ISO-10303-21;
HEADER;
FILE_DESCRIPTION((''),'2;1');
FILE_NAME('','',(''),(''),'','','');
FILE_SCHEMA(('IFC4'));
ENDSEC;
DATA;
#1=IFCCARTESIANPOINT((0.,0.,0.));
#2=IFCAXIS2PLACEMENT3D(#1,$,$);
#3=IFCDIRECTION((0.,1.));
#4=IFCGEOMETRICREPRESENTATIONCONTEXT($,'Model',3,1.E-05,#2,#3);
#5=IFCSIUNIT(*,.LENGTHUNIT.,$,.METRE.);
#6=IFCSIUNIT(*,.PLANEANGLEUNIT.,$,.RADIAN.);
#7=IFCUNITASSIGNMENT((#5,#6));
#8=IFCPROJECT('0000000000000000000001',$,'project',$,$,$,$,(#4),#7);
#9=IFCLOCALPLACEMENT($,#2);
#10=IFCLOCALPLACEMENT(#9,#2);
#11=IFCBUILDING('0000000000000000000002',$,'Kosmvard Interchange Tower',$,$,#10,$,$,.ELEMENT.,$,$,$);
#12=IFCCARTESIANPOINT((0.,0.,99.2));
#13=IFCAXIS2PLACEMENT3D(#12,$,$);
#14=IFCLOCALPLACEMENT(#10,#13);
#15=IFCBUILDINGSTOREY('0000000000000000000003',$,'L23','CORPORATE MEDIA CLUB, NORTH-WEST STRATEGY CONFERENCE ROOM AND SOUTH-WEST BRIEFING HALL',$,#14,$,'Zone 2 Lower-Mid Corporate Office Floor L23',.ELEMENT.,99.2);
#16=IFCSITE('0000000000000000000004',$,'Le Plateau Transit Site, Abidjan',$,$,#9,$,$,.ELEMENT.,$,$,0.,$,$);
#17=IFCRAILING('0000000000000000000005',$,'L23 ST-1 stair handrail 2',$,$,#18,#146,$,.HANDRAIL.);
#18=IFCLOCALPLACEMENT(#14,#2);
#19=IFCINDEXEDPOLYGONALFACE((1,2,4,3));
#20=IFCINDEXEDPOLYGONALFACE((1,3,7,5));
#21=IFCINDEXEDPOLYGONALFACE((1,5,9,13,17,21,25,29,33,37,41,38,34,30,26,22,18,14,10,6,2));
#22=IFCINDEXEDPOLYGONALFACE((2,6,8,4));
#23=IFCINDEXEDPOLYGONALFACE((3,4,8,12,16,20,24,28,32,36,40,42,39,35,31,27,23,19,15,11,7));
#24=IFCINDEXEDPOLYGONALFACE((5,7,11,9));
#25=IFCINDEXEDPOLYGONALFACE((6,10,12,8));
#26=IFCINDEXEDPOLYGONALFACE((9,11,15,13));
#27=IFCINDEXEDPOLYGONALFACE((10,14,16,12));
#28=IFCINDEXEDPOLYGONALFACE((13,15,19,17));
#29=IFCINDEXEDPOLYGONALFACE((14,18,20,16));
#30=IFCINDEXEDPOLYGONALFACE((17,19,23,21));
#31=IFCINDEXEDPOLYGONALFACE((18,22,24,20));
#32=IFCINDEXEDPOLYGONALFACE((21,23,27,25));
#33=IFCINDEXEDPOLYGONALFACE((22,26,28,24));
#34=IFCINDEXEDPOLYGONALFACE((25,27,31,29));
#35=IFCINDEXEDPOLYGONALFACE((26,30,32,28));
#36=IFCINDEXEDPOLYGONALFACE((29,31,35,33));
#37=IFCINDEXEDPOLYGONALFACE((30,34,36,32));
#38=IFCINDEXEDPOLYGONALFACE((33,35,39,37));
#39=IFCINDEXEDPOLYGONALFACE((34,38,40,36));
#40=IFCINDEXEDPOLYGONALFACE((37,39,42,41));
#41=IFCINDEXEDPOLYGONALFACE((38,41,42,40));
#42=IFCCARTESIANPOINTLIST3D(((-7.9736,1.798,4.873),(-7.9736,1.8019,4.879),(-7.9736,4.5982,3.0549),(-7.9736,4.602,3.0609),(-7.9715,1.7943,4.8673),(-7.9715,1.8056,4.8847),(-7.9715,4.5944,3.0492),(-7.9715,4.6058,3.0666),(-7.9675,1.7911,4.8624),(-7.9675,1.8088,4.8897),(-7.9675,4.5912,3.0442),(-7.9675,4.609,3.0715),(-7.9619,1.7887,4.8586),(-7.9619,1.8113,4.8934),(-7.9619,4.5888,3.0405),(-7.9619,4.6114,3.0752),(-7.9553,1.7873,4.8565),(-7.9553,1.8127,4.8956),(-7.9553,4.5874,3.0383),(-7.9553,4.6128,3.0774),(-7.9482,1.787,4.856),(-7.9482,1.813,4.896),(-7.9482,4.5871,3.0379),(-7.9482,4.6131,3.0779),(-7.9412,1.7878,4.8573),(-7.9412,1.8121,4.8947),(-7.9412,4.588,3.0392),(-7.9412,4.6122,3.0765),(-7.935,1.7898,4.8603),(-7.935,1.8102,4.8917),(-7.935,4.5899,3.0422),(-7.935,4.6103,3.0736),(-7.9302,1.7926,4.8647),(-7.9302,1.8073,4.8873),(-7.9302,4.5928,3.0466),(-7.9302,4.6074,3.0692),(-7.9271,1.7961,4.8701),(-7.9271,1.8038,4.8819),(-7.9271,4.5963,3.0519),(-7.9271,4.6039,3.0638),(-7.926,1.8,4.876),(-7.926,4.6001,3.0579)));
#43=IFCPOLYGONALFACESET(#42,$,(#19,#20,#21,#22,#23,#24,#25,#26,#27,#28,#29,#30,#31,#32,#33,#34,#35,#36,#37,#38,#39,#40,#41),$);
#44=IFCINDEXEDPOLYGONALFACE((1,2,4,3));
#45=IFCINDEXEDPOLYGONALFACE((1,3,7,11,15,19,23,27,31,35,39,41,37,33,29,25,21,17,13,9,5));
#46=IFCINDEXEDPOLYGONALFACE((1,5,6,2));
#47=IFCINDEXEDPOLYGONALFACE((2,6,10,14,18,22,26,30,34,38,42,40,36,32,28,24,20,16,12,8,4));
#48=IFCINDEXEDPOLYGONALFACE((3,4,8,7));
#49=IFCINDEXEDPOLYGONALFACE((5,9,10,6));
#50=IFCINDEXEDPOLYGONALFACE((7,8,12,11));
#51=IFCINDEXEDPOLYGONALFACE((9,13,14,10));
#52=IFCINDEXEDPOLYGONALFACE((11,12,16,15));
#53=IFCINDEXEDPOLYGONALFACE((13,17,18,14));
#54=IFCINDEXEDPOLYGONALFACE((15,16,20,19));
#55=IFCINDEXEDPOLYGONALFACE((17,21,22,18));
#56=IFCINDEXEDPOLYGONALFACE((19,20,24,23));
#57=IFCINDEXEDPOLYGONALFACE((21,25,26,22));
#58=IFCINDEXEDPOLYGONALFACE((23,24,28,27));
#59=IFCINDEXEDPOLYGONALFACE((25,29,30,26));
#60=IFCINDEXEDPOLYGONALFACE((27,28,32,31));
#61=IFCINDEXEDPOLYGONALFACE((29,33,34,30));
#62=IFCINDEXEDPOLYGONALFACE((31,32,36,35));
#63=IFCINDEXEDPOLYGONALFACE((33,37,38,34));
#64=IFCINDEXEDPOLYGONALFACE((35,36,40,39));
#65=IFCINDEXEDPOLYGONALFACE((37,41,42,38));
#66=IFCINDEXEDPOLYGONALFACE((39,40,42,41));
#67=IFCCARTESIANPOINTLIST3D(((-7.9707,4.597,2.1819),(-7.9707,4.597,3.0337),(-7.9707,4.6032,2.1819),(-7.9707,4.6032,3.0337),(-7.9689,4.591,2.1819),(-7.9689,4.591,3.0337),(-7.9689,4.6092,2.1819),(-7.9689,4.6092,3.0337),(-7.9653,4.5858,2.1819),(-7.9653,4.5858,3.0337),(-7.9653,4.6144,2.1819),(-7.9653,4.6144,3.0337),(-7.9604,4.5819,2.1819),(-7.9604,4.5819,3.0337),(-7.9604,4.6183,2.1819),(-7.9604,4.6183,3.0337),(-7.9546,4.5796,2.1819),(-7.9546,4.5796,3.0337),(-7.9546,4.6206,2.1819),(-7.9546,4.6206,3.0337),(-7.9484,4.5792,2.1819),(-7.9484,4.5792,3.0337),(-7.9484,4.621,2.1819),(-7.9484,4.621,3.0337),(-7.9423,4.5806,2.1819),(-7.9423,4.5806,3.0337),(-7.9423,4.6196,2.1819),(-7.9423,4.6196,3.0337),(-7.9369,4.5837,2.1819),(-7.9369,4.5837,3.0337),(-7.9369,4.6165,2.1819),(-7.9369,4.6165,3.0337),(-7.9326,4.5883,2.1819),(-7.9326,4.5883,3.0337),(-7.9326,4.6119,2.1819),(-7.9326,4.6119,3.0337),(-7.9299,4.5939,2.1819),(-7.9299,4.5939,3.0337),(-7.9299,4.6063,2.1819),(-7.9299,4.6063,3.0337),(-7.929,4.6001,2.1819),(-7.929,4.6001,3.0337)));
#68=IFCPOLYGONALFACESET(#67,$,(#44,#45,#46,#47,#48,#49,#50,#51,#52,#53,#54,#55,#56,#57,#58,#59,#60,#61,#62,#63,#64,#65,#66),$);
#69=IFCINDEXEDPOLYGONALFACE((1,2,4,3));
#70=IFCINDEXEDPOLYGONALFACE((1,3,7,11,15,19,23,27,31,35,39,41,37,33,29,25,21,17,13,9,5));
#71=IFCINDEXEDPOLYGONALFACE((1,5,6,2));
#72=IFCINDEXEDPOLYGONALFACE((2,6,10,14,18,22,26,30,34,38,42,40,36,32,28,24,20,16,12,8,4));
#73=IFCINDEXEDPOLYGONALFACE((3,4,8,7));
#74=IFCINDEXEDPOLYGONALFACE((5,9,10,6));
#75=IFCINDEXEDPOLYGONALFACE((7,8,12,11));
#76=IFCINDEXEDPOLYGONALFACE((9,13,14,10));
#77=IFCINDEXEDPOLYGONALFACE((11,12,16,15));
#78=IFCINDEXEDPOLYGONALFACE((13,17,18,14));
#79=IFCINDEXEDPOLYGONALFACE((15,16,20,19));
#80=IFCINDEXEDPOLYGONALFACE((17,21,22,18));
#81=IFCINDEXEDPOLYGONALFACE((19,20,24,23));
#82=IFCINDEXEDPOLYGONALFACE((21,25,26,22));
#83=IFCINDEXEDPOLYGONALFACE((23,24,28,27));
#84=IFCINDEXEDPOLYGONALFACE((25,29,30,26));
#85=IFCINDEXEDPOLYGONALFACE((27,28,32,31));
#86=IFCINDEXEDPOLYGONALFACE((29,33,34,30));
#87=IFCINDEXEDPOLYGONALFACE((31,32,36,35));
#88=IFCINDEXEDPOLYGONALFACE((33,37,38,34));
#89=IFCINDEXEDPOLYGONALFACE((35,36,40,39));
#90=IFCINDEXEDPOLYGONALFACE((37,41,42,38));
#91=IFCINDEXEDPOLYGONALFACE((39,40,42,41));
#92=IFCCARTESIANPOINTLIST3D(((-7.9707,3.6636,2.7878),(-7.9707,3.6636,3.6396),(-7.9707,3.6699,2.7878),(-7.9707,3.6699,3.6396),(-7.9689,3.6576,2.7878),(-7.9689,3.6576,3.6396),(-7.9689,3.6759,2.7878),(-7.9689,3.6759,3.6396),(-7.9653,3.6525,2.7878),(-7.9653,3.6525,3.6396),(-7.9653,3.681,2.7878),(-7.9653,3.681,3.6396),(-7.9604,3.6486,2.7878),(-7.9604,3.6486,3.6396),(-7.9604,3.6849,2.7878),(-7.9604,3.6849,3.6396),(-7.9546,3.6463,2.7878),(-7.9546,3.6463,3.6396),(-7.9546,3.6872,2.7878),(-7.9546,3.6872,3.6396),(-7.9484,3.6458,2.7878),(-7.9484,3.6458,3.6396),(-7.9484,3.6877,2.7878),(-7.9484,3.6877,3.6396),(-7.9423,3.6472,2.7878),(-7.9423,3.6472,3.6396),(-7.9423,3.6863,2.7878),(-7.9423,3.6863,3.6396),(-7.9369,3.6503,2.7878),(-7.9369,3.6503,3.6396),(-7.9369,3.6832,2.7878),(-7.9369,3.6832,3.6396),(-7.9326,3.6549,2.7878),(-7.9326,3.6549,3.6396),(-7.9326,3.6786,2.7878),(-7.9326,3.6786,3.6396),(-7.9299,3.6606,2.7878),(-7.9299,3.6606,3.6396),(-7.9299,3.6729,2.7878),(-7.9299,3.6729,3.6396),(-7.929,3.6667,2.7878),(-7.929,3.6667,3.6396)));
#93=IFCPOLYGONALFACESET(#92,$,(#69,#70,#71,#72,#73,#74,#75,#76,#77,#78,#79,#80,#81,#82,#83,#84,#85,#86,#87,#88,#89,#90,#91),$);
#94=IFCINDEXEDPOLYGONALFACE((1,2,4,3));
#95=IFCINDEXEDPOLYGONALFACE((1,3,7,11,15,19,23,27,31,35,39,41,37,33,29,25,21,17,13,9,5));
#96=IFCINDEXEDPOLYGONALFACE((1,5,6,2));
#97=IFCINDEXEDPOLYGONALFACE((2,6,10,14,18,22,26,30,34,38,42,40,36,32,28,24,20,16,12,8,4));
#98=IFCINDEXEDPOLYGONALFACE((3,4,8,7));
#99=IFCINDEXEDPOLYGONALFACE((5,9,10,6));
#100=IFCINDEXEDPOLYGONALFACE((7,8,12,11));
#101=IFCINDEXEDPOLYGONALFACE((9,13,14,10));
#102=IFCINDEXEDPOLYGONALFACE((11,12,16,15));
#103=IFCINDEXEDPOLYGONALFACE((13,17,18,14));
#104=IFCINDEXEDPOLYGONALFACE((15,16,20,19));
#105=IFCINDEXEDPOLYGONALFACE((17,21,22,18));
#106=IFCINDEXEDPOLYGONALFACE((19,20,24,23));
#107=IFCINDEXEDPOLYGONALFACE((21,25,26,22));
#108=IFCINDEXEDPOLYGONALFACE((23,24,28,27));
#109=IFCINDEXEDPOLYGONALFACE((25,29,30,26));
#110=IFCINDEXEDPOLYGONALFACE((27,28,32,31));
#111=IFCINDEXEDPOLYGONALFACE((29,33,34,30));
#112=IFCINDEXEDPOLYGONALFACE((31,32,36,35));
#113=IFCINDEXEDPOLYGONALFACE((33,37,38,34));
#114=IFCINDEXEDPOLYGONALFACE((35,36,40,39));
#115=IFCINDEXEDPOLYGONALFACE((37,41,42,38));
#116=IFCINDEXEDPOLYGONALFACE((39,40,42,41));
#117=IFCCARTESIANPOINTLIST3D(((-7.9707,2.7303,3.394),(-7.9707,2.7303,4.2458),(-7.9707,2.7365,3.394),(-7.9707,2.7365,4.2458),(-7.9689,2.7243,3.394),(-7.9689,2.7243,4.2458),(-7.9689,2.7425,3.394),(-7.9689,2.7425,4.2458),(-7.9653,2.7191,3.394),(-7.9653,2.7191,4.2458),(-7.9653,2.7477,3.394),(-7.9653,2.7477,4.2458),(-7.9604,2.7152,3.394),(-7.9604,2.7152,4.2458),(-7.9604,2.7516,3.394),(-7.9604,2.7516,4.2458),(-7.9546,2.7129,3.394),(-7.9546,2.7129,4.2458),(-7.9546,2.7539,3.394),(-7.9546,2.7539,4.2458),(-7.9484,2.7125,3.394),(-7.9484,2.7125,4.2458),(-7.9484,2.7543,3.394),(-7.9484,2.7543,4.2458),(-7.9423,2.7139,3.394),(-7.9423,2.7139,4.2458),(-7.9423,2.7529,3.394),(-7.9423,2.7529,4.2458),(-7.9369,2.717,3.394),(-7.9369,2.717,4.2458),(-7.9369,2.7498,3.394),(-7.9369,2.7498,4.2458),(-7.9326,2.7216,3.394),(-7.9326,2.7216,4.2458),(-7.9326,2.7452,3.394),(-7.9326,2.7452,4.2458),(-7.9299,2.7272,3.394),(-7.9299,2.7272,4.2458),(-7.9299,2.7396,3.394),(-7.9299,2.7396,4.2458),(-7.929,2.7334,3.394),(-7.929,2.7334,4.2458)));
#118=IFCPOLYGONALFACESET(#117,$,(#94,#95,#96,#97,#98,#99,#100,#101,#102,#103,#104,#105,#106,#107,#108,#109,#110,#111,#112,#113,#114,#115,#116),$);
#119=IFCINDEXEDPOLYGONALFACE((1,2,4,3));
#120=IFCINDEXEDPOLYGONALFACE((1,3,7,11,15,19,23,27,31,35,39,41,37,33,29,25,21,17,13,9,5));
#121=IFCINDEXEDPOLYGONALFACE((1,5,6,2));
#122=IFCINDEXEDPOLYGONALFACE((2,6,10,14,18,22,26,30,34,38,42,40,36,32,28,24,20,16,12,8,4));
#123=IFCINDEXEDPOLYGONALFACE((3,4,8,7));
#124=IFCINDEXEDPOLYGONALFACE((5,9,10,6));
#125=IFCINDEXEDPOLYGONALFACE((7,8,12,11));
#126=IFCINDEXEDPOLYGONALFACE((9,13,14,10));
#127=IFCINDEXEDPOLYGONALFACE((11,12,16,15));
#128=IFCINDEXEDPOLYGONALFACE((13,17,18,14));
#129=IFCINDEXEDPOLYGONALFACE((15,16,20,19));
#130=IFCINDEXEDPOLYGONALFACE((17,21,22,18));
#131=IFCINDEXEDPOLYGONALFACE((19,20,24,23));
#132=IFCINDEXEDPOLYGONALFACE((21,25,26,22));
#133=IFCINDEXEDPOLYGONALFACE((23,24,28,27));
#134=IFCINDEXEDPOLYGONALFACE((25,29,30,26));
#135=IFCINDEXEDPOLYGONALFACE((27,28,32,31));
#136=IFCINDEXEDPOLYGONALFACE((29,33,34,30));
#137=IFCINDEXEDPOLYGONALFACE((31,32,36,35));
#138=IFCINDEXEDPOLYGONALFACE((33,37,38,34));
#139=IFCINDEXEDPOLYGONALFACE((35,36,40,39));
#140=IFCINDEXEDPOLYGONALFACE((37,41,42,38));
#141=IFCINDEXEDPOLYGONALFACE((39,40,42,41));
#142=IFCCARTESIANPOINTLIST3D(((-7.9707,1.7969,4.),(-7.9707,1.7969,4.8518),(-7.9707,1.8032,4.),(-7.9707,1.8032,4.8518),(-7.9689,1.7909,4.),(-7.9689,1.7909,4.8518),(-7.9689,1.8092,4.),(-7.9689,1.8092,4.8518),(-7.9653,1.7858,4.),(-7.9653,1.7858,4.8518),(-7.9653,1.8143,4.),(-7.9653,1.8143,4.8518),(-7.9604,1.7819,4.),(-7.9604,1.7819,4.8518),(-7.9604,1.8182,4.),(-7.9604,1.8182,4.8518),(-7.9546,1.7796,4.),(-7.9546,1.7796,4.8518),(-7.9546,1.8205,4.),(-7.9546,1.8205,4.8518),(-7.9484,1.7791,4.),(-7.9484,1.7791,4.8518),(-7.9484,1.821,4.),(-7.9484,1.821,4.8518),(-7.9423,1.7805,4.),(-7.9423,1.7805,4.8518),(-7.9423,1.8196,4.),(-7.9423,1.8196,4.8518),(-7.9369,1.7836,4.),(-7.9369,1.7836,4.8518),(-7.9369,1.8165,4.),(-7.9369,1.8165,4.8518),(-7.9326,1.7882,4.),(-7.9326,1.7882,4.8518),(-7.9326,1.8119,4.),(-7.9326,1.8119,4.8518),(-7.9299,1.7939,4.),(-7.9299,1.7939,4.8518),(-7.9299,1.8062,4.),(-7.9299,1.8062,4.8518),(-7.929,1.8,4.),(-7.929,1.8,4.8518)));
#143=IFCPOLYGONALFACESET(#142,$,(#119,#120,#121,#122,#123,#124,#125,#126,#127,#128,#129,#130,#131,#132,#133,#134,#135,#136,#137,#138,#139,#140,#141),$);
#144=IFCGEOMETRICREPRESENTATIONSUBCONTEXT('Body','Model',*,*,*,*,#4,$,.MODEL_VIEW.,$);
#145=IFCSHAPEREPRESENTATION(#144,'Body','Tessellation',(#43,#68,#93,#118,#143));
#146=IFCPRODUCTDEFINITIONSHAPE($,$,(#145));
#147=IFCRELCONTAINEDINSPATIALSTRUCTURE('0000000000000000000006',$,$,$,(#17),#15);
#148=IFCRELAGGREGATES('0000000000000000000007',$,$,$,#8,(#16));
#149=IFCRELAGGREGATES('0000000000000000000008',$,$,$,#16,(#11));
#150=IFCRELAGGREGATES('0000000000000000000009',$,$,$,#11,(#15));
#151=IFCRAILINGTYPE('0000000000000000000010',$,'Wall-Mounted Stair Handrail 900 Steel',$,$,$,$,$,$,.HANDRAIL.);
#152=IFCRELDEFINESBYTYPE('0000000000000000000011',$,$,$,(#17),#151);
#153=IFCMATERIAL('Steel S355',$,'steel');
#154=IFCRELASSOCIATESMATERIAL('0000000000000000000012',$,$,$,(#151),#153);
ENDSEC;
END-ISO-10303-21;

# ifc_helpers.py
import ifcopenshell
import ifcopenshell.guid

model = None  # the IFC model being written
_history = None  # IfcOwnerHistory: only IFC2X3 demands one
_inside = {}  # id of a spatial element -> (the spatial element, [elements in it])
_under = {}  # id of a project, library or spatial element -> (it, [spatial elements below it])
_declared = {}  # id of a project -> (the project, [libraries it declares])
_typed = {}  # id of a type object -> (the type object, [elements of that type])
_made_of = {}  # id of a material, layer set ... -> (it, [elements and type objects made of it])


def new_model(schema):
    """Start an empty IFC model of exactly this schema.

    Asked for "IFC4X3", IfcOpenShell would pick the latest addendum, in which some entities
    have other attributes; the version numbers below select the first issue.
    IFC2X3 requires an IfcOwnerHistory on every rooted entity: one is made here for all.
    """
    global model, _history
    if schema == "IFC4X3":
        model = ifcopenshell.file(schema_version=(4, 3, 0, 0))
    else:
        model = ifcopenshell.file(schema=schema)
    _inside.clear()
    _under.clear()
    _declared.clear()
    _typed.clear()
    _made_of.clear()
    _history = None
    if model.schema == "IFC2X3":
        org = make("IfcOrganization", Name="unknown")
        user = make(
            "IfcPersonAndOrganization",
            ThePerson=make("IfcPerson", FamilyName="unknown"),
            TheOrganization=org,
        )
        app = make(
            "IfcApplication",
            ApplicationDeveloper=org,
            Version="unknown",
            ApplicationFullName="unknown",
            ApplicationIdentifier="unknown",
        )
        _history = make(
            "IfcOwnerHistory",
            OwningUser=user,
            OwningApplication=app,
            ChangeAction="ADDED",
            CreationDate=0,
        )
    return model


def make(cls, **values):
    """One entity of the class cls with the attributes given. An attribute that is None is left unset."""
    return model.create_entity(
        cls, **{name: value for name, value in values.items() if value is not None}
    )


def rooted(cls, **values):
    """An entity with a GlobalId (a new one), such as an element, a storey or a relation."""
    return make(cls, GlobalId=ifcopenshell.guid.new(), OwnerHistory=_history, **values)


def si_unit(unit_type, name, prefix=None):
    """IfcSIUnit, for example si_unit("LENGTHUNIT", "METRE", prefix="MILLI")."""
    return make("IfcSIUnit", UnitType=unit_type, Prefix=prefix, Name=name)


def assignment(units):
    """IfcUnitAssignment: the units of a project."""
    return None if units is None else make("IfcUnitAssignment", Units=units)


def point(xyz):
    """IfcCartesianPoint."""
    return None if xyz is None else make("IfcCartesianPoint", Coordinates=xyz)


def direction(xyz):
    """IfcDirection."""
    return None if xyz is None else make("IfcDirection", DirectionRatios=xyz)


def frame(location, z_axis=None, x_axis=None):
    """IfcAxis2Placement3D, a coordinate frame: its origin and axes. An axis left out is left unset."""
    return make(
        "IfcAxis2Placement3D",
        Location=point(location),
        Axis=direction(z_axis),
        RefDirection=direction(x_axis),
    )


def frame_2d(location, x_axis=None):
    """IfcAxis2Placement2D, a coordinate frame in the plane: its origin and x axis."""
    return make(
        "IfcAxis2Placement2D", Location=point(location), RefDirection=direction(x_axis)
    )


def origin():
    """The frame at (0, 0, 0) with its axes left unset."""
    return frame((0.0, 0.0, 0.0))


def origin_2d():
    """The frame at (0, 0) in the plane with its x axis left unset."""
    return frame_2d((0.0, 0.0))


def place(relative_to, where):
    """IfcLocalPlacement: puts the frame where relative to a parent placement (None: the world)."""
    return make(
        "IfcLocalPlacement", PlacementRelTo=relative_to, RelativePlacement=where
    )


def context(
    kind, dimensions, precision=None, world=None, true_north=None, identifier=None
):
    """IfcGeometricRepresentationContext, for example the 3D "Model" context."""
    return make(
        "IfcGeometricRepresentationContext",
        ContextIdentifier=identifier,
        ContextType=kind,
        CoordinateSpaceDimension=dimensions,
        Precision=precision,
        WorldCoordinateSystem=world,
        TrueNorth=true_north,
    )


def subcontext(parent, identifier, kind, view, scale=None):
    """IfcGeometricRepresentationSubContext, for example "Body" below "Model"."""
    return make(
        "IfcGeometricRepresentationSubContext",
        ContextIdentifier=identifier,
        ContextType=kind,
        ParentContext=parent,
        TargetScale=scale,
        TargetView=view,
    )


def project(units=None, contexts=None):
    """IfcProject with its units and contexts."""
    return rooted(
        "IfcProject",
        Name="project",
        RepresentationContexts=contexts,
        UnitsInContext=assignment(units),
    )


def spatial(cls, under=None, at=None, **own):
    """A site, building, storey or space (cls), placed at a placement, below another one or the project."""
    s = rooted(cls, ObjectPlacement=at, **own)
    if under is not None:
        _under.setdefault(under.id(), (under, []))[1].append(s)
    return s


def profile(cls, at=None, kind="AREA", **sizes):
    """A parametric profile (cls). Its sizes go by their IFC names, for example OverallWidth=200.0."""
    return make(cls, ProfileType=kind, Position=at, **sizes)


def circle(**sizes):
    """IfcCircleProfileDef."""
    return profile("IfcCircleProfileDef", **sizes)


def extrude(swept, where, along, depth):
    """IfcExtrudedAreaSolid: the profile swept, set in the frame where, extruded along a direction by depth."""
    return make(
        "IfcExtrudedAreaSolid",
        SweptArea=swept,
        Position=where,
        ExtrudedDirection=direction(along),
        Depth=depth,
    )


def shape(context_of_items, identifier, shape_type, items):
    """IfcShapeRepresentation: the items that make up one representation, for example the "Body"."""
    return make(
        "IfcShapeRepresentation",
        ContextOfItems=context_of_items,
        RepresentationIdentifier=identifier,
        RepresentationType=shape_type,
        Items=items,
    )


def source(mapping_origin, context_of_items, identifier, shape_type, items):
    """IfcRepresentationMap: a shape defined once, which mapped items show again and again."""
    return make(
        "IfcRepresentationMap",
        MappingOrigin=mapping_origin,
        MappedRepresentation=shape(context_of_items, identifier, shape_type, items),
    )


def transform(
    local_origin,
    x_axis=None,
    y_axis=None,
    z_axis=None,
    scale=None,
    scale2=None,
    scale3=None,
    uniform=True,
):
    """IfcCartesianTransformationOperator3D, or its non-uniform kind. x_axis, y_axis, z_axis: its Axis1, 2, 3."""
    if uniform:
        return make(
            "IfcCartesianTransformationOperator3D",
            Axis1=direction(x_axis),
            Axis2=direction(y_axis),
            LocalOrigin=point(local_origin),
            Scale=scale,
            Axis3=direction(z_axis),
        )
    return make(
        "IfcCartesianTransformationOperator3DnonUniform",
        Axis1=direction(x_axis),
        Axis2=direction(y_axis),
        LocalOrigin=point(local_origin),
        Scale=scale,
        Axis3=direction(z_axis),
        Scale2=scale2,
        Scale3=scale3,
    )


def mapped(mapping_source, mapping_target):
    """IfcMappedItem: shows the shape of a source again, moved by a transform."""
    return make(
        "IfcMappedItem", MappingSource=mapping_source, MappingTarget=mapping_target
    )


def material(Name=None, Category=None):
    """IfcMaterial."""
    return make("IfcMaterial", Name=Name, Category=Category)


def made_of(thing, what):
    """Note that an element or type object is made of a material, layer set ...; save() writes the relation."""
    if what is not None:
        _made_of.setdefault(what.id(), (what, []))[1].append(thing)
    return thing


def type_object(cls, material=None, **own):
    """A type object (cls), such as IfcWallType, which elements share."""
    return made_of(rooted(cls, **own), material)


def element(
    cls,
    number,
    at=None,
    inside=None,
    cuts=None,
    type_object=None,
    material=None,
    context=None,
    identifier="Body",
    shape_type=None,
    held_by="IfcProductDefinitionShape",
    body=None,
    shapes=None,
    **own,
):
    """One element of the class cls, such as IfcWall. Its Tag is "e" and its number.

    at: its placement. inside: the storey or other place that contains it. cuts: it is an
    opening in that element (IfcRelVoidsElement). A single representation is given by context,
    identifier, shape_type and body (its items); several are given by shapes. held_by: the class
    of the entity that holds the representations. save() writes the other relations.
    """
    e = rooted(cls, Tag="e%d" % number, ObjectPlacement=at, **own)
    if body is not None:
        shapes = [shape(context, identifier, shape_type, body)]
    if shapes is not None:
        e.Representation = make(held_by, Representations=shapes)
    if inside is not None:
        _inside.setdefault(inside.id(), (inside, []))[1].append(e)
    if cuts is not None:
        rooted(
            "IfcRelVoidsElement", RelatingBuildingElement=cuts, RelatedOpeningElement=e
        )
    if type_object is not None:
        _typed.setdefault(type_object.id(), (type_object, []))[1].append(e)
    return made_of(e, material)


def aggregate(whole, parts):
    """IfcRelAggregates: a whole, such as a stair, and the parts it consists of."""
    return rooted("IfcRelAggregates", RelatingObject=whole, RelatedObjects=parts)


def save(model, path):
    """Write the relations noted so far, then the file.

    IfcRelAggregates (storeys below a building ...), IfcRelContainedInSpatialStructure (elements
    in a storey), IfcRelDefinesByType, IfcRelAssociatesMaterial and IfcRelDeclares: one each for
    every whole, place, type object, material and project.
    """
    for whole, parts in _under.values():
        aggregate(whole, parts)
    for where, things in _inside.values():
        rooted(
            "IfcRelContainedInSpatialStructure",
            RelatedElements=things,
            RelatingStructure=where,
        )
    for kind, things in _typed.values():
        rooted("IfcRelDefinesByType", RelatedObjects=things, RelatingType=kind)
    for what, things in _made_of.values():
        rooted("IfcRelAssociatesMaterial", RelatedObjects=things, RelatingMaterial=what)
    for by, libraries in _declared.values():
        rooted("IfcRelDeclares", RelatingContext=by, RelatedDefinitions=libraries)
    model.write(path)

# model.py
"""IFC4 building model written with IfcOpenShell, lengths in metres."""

from ifc_helpers import new_model, si_unit, direction, frame, origin, origin_2d, place, context, subcontext, project, spatial, circle, extrude, source, transform, mapped, material, type_object, element, save


model = new_model("IFC4")

# Units and contexts
model_context = context("Model", 3, precision=1e-05, world=origin(), true_north=direction((0.0, 1.0)))
body_context = subcontext(model_context, "Body", "Model", "MODEL_VIEW")
ifc_project = project(units=[si_unit("LENGTHUNIT", "METRE"), si_unit("PLANEANGLEUNIT", "RADIAN")], contexts=[model_context])

# Site, building, storey
site_placement = place(None, origin())
site = spatial("IfcSite", under=ifc_project, at=site_placement, Name="Le Plateau Transit Site, Abidjan", CompositionType="ELEMENT", RefElevation=0.0)
building_placement = place(site_placement, origin())
building = spatial("IfcBuilding", under=site, at=building_placement, Name="Kosmvard Interchange Tower", CompositionType="ELEMENT")
storey_placement = place(building_placement, frame((0.0, 0.0, 99.2)))
storey = spatial("IfcBuildingStorey", under=building, at=storey_placement, Name="L23", Description="CORPORATE MEDIA CLUB, NORTH-WEST STRATEGY CONFERENCE ROOM AND SOUTH-WEST BRIEFING HALL", LongName="Zone 2 Lower-Mid Corporate Office Floor L23", CompositionType="ELEMENT", Elevation=99.2)

# Shared definitions
ifc_material_1 = material(Name="Steel S355", Category="steel")

# Railing
railing_type_1 = type_object("IfcRailingType", Name="Wall-Mounted Stair Handrail 900 Steel", PredefinedType="HANDRAIL", material=ifc_material_1)
shared_shape_1 = source(origin(), body_context, "Body", "SweptSolid", [
    extrude(circle(Radius=0.0239, at=origin_2d()), frame((0.0, 0.0, 0.876), z_axis=(0.0, -0.838706, 0.544585), x_axis=(1.0, 0.0, 0.0)), (0.0, 0.0, 1.0), 3.3386),
    extrude(circle(Radius=0.021, at=origin_2d()), origin(), (0.0, 0.0, 1.0), 0.8518),
    extrude(circle(Radius=0.021, at=origin_2d()), frame((0.0, -0.9333, 0.606)), (0.0, 0.0, 1.0), 0.8518),
    extrude(circle(Radius=0.021, at=origin_2d()), frame((0.0, -1.8667, 1.2122)), (0.0, 0.0, 1.0), 0.8518),
    extrude(circle(Radius=0.021, at=origin_2d()), frame((0.0, -2.8, 1.8181)), (0.0, 0.0, 1.0), 0.8518),
])
railing_1_placement = place(storey_placement, frame((-7.95, 4.6001, 2.1819)))
element("IfcRailing", 1, at=railing_1_placement, inside=storey, type_object=railing_type_1, Name="L23 ST-1 stair handrail 2", PredefinedType="HANDRAIL", context=body_context, shape_type="MappedRepresentation", body=[
    mapped(shared_shape_1, transform((0.0, 0.0, 0.0), scale=1.0)),
])

save(model, "model.ifc")
